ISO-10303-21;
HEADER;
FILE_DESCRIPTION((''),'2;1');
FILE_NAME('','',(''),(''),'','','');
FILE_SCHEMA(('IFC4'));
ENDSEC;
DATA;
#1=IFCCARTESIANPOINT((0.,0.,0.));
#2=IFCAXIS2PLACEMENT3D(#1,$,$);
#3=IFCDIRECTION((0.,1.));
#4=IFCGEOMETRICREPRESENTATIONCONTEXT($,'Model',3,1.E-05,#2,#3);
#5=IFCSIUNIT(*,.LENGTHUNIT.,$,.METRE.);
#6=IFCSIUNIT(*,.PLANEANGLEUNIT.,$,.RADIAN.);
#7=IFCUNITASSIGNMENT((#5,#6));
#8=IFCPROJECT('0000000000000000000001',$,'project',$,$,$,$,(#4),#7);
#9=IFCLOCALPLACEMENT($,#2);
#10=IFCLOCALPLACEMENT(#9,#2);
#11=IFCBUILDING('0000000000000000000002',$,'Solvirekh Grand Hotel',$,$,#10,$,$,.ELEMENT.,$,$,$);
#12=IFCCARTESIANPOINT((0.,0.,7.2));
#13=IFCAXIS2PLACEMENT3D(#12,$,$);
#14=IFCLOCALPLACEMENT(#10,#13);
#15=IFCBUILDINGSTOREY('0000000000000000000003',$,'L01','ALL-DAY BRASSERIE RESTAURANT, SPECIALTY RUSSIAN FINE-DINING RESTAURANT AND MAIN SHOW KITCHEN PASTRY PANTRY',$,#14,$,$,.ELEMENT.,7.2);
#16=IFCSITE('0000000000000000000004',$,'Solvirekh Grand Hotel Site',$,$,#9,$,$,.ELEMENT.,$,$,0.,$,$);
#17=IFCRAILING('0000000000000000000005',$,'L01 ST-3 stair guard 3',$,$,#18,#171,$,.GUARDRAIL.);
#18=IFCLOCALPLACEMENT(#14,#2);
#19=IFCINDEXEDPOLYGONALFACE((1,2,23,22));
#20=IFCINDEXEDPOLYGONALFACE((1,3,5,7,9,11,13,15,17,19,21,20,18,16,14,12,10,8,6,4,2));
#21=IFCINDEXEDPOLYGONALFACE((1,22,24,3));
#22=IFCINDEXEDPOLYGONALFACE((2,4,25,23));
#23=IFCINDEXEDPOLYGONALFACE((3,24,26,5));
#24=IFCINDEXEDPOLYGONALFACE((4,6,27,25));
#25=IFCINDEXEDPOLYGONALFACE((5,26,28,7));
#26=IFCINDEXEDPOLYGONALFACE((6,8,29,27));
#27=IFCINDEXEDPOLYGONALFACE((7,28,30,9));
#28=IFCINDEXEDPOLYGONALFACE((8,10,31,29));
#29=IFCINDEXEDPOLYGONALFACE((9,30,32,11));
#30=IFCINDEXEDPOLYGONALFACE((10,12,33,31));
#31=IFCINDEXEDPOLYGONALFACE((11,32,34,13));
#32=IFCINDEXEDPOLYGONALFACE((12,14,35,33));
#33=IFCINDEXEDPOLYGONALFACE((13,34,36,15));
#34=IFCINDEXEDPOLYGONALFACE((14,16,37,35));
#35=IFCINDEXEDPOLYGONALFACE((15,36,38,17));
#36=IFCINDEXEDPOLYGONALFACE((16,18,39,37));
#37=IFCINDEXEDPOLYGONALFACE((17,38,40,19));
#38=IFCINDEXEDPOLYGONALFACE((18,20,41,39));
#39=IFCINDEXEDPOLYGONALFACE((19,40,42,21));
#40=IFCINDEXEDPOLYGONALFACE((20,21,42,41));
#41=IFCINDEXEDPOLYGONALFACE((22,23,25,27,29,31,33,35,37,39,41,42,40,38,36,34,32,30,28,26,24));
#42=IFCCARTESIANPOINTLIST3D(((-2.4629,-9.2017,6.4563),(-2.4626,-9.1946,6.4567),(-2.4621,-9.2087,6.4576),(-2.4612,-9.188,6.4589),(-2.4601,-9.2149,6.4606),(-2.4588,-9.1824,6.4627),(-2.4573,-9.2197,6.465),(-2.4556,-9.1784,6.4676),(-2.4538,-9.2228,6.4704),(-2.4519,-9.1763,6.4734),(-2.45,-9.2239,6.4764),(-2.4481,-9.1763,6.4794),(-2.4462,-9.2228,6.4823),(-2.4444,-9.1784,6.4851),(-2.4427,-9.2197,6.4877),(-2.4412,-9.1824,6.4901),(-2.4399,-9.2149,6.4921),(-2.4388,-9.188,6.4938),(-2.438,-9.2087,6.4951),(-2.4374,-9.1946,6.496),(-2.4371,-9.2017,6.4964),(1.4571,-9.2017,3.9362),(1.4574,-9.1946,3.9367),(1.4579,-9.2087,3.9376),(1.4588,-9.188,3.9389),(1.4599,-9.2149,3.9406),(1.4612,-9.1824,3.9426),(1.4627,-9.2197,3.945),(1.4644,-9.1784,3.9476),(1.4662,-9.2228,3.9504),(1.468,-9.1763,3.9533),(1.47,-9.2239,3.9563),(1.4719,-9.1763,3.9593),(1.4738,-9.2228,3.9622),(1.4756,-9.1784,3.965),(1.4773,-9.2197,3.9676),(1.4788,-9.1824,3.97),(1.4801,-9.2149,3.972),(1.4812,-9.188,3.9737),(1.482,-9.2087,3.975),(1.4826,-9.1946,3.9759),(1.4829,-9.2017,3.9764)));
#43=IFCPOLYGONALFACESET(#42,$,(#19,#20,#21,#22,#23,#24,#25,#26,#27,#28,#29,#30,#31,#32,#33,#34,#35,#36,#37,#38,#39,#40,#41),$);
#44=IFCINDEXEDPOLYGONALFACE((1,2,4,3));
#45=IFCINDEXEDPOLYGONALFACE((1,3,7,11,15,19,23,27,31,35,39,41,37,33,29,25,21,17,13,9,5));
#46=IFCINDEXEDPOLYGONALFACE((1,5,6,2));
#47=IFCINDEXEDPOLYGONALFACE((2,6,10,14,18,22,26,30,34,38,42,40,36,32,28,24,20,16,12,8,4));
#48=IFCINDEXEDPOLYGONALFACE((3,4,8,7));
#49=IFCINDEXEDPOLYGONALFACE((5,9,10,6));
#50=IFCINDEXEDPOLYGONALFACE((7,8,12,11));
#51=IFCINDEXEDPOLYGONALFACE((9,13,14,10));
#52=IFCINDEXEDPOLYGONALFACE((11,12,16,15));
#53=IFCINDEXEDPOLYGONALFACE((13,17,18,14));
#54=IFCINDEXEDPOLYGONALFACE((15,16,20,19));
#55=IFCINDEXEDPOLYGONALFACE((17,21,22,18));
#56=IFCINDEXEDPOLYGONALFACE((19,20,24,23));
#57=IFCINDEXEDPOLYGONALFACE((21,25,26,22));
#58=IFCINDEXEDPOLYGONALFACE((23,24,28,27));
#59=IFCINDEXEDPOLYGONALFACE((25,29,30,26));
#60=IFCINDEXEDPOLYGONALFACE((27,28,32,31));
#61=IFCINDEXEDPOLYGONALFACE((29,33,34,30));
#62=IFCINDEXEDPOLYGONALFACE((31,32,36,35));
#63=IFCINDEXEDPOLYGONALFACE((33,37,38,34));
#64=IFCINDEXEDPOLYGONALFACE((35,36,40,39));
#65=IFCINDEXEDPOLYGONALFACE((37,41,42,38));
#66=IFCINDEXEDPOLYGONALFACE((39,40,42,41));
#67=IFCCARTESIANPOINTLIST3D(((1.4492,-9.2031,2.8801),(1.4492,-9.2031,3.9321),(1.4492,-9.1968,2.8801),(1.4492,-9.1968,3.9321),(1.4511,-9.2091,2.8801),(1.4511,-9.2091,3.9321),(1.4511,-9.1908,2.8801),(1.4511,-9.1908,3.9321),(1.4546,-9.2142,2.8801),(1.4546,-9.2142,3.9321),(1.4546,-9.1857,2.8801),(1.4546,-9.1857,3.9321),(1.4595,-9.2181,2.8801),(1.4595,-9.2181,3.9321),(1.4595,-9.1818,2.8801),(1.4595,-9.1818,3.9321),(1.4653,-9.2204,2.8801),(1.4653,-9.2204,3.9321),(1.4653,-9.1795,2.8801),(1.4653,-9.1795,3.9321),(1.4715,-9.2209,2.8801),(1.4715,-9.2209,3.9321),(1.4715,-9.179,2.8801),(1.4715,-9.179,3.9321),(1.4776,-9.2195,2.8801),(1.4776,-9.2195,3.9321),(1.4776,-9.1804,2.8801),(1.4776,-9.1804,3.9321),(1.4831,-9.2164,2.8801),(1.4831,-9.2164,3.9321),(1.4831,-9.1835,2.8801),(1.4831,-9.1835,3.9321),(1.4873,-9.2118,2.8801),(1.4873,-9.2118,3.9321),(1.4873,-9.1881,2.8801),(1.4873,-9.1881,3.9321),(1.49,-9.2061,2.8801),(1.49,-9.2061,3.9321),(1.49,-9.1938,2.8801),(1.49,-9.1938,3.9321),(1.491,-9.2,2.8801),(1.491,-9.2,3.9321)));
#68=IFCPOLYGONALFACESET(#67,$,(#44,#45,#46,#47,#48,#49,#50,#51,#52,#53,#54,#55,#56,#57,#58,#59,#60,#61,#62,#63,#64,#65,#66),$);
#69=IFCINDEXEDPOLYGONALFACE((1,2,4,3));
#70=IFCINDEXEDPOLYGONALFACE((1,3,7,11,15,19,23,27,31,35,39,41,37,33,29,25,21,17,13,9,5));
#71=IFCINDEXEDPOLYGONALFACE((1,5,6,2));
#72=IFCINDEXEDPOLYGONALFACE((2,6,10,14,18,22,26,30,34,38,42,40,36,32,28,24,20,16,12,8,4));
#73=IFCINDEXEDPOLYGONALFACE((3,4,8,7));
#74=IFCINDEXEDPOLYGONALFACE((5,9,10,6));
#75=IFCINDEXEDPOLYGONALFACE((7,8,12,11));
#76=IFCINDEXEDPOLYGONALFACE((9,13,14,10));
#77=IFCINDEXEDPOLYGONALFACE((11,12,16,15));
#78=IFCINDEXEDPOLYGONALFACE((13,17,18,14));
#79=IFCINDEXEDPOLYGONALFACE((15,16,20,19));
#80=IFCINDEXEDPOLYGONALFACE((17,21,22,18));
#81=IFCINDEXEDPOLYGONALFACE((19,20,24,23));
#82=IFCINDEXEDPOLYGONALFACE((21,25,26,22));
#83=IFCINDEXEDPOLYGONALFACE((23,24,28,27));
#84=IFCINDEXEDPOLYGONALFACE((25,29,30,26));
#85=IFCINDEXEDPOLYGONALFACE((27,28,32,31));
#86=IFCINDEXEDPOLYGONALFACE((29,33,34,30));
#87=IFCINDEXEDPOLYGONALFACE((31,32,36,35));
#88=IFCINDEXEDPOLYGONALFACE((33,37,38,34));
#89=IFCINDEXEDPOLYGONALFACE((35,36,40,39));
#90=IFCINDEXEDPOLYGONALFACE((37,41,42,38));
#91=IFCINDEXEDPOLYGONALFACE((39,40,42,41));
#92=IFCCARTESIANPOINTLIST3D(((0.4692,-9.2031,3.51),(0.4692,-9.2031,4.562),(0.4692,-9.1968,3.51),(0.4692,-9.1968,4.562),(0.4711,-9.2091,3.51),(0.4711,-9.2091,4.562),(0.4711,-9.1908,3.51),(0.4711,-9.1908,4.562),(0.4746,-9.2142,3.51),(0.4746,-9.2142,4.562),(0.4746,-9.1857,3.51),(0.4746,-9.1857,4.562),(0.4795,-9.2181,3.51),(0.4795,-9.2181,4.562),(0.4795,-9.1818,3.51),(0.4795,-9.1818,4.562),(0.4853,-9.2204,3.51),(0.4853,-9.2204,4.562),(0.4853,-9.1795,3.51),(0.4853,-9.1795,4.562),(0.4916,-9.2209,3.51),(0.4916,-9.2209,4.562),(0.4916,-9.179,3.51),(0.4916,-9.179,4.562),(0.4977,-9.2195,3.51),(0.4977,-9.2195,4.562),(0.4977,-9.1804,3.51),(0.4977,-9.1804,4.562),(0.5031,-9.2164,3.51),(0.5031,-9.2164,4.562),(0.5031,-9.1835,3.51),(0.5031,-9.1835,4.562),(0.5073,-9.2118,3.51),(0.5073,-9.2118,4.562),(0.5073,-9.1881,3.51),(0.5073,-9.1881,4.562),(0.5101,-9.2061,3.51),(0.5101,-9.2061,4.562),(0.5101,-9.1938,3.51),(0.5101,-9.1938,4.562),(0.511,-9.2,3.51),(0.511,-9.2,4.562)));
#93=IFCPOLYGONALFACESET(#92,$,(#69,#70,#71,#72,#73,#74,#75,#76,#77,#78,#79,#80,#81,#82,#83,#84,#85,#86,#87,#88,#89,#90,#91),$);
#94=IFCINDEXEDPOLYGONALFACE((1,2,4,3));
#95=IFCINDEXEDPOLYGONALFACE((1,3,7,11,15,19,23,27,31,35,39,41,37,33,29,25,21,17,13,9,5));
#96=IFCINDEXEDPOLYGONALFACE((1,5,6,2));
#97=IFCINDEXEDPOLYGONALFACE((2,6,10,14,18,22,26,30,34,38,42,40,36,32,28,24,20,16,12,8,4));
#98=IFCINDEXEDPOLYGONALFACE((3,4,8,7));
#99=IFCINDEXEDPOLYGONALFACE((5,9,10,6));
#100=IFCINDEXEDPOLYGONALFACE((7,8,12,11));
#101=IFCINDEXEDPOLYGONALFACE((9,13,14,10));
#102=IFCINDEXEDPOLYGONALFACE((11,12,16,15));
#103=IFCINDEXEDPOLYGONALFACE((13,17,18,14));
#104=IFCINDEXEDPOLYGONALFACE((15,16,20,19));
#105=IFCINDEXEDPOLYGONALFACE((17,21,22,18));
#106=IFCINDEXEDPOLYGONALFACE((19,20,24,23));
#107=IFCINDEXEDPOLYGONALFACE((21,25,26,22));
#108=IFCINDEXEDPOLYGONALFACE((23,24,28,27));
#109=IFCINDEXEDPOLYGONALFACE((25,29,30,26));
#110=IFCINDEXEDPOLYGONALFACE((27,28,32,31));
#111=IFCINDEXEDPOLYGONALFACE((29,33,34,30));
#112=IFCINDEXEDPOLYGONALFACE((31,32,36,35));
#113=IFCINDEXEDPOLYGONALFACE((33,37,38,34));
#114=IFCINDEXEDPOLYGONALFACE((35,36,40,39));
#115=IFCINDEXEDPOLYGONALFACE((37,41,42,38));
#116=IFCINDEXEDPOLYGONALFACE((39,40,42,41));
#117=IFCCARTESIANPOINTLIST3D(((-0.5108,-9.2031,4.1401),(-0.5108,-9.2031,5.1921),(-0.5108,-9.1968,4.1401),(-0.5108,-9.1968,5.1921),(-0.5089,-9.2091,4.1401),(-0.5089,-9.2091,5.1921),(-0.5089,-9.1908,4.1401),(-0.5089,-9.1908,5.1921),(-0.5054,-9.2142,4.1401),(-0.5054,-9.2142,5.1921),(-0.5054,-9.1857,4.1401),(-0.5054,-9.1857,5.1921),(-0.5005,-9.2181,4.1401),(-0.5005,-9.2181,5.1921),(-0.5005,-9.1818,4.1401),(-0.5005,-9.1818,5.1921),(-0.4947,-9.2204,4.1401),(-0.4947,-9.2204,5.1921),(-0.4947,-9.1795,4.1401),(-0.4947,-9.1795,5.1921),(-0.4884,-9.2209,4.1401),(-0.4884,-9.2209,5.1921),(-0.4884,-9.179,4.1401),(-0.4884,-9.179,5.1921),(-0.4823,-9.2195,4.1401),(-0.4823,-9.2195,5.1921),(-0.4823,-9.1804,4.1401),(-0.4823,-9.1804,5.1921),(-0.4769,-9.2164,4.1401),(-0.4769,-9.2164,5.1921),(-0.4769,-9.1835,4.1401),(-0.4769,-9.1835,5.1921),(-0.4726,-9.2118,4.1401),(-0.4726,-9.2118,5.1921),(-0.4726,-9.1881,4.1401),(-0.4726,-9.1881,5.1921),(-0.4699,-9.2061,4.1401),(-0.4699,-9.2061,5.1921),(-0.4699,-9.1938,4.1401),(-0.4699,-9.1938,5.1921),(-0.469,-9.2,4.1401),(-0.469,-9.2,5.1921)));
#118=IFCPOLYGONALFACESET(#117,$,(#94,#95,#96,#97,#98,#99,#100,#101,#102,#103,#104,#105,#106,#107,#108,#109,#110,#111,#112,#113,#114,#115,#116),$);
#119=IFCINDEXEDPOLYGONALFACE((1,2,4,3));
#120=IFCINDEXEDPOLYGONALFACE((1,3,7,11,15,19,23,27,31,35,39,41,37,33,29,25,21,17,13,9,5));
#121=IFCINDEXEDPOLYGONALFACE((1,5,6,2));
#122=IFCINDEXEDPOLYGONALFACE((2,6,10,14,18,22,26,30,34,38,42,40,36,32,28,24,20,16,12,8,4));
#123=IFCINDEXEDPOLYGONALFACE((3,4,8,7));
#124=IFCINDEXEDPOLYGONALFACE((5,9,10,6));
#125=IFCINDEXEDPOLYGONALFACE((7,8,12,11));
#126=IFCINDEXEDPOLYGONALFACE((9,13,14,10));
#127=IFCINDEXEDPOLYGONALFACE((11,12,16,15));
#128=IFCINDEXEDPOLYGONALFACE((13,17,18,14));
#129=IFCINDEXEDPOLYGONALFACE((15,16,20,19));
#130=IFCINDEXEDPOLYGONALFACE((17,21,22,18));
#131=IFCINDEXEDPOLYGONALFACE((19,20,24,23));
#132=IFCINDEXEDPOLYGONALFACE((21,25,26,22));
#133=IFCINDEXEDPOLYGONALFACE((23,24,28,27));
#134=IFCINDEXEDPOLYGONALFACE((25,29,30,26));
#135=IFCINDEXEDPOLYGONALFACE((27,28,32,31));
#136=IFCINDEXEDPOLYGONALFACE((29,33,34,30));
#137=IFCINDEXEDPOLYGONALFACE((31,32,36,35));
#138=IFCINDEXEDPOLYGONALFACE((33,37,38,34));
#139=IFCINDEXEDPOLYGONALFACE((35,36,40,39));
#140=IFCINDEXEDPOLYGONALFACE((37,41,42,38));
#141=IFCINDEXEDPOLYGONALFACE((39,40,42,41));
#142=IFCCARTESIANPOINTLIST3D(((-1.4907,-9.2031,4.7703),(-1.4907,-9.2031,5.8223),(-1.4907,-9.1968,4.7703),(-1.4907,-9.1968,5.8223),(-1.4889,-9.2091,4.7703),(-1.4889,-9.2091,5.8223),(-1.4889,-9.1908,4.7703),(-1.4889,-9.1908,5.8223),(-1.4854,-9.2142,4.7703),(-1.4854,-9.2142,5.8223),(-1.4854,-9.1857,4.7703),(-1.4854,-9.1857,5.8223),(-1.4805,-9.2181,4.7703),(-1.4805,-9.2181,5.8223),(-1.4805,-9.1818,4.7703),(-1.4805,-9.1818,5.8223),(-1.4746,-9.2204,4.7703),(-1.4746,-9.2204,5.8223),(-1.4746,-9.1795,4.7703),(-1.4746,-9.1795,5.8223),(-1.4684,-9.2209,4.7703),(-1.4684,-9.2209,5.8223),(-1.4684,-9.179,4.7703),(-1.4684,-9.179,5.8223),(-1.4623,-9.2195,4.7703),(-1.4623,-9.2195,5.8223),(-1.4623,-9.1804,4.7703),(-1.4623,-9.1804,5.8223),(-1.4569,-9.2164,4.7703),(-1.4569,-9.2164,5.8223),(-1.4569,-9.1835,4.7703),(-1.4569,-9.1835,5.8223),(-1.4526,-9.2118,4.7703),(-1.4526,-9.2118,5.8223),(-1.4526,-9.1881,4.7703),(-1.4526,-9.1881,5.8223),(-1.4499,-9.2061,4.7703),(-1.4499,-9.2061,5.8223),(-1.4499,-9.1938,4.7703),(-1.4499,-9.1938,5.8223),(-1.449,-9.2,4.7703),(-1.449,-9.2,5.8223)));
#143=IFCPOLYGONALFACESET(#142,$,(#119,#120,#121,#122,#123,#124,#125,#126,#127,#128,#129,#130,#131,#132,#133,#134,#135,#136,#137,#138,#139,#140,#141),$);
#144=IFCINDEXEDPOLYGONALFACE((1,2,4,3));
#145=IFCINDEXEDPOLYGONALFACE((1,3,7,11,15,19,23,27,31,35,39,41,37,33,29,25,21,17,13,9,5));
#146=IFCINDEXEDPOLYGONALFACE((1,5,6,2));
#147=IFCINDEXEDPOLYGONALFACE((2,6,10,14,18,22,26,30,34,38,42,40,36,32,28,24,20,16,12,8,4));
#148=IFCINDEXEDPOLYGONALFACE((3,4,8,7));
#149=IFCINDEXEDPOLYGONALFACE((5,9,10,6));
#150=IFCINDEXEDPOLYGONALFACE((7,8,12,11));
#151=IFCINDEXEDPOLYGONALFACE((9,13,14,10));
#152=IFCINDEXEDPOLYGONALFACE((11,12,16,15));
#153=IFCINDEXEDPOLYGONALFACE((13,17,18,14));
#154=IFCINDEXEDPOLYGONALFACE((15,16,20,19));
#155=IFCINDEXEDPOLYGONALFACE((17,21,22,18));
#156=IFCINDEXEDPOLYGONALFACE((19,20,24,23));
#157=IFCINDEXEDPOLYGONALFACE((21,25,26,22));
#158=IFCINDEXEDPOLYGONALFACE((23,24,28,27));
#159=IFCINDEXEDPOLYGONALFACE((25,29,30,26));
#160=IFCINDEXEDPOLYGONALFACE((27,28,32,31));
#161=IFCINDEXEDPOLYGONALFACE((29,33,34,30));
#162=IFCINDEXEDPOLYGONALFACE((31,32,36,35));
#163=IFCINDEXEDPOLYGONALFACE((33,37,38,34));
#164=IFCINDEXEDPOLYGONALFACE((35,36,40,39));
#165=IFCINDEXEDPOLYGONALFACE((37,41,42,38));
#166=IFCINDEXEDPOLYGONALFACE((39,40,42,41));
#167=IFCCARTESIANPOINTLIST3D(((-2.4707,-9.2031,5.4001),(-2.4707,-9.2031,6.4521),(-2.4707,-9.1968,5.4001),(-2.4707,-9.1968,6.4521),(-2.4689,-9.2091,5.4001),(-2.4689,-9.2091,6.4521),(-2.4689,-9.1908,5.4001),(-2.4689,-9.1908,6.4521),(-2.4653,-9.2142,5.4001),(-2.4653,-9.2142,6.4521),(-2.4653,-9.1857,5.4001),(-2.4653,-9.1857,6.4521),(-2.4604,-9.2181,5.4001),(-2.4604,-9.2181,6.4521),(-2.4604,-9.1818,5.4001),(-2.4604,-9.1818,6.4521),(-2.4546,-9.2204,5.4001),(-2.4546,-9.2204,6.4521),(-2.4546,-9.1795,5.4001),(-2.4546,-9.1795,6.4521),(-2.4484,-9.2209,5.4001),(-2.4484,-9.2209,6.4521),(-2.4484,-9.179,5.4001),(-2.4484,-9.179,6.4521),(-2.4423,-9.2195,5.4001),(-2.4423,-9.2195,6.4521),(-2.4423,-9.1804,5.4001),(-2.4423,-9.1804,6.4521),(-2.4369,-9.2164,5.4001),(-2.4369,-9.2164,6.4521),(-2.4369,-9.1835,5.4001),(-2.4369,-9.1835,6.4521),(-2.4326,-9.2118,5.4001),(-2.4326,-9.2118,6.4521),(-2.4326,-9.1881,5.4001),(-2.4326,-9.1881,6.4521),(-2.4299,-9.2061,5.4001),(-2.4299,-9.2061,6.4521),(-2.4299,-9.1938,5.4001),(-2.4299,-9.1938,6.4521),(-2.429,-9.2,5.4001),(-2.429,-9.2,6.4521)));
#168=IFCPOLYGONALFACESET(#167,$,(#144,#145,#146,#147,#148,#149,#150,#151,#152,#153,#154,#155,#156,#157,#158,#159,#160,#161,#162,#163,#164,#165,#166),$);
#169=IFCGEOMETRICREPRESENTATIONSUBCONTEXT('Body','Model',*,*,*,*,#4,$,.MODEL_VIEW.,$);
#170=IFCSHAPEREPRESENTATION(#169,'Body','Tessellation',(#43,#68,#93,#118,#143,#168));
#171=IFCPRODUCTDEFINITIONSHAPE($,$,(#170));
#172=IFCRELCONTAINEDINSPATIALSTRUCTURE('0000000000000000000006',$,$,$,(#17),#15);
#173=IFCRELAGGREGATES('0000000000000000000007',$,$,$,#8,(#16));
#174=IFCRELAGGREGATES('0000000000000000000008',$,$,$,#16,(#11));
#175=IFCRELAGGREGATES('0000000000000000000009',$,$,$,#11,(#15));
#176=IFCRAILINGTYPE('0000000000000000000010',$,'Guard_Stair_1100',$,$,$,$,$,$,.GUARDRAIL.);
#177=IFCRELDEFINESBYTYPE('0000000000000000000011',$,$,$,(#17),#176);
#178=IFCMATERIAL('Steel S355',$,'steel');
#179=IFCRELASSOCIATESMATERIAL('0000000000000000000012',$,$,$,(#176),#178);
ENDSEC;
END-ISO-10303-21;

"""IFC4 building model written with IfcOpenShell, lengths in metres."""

from ifc_helpers import new_model, si_unit, direction, frame, origin, origin_2d, place, context, subcontext, project, spatial, circle, extrude, material, type_object, element, save


model = new_model("IFC4")

# Units and contexts
model_context = context("Model", 3, precision=1e-05, world=origin(), true_north=direction((0.0, 1.0)))
body_context = subcontext(model_context, "Body", "Model", "MODEL_VIEW")
ifc_project = project(units=[si_unit("LENGTHUNIT", "METRE"), si_unit("PLANEANGLEUNIT", "RADIAN")], contexts=[model_context])

# Site, building, storey
site_placement = place(None, origin())
site = spatial("IfcSite", under=ifc_project, at=site_placement, Name="Solvirekh Grand Hotel Site", CompositionType="ELEMENT", RefElevation=0.0)
building_placement = place(site_placement, origin())
building = spatial("IfcBuilding", under=site, at=building_placement, Name="Solvirekh Grand Hotel", CompositionType="ELEMENT")
storey_placement = place(building_placement, frame((0.0, 0.0, 7.2)))
storey = spatial("IfcBuildingStorey", under=building, at=storey_placement, Name="L01", Description="ALL-DAY BRASSERIE RESTAURANT, SPECIALTY RUSSIAN FINE-DINING RESTAURANT AND MAIN SHOW KITCHEN PASTRY PANTRY", CompositionType="ELEMENT", Elevation=7.2)

# Shared definitions
ifc_material_1 = material(Name="Steel S355", Category="steel")

# Railing
railing_type_1 = type_object("IfcRailingType", Name="Guard_Stair_1100", PredefinedType="GUARDRAIL", material=ifc_material_1)
railing_1_placement = place(storey_placement, frame((1.47, -9.2, 2.8801)))
element("IfcRailing", 1, at=railing_1_placement, inside=storey, type_object=railing_type_1, Name="L01 ST-3 stair guard 3", PredefinedType="GUARDRAIL", context=body_context, shape_type="SweptSolid", body=[
    extrude(circle(Radius=0.0239, at=origin_2d()), frame((0.0, 0.0, 1.0762), z_axis=(-0.841172, 0.0, 0.540768), x_axis=(0.0, -1.0, 0.0)), (0.0, 0.0, 1.0), 4.6602),
    extrude(circle(Radius=0.021, at=origin_2d()), origin(), (0.0, 0.0, 1.0), 1.052),
    extrude(circle(Radius=0.021, at=origin_2d()), frame((-0.98, 0.0, 0.6299)), (0.0, 0.0, 1.0), 1.052),
    extrude(circle(Radius=0.021, at=origin_2d()), frame((-1.96, 0.0, 1.26)), (0.0, 0.0, 1.0), 1.052),
    extrude(circle(Radius=0.021, at=origin_2d()), frame((-2.9399, 0.0, 1.8901)), (0.0, 0.0, 1.0), 1.052),
    extrude(circle(Radius=0.021, at=origin_2d()), frame((-3.9199, 0.0, 2.52)), (0.0, 0.0, 1.0), 1.052),
])

save(model, "model.ifc")
